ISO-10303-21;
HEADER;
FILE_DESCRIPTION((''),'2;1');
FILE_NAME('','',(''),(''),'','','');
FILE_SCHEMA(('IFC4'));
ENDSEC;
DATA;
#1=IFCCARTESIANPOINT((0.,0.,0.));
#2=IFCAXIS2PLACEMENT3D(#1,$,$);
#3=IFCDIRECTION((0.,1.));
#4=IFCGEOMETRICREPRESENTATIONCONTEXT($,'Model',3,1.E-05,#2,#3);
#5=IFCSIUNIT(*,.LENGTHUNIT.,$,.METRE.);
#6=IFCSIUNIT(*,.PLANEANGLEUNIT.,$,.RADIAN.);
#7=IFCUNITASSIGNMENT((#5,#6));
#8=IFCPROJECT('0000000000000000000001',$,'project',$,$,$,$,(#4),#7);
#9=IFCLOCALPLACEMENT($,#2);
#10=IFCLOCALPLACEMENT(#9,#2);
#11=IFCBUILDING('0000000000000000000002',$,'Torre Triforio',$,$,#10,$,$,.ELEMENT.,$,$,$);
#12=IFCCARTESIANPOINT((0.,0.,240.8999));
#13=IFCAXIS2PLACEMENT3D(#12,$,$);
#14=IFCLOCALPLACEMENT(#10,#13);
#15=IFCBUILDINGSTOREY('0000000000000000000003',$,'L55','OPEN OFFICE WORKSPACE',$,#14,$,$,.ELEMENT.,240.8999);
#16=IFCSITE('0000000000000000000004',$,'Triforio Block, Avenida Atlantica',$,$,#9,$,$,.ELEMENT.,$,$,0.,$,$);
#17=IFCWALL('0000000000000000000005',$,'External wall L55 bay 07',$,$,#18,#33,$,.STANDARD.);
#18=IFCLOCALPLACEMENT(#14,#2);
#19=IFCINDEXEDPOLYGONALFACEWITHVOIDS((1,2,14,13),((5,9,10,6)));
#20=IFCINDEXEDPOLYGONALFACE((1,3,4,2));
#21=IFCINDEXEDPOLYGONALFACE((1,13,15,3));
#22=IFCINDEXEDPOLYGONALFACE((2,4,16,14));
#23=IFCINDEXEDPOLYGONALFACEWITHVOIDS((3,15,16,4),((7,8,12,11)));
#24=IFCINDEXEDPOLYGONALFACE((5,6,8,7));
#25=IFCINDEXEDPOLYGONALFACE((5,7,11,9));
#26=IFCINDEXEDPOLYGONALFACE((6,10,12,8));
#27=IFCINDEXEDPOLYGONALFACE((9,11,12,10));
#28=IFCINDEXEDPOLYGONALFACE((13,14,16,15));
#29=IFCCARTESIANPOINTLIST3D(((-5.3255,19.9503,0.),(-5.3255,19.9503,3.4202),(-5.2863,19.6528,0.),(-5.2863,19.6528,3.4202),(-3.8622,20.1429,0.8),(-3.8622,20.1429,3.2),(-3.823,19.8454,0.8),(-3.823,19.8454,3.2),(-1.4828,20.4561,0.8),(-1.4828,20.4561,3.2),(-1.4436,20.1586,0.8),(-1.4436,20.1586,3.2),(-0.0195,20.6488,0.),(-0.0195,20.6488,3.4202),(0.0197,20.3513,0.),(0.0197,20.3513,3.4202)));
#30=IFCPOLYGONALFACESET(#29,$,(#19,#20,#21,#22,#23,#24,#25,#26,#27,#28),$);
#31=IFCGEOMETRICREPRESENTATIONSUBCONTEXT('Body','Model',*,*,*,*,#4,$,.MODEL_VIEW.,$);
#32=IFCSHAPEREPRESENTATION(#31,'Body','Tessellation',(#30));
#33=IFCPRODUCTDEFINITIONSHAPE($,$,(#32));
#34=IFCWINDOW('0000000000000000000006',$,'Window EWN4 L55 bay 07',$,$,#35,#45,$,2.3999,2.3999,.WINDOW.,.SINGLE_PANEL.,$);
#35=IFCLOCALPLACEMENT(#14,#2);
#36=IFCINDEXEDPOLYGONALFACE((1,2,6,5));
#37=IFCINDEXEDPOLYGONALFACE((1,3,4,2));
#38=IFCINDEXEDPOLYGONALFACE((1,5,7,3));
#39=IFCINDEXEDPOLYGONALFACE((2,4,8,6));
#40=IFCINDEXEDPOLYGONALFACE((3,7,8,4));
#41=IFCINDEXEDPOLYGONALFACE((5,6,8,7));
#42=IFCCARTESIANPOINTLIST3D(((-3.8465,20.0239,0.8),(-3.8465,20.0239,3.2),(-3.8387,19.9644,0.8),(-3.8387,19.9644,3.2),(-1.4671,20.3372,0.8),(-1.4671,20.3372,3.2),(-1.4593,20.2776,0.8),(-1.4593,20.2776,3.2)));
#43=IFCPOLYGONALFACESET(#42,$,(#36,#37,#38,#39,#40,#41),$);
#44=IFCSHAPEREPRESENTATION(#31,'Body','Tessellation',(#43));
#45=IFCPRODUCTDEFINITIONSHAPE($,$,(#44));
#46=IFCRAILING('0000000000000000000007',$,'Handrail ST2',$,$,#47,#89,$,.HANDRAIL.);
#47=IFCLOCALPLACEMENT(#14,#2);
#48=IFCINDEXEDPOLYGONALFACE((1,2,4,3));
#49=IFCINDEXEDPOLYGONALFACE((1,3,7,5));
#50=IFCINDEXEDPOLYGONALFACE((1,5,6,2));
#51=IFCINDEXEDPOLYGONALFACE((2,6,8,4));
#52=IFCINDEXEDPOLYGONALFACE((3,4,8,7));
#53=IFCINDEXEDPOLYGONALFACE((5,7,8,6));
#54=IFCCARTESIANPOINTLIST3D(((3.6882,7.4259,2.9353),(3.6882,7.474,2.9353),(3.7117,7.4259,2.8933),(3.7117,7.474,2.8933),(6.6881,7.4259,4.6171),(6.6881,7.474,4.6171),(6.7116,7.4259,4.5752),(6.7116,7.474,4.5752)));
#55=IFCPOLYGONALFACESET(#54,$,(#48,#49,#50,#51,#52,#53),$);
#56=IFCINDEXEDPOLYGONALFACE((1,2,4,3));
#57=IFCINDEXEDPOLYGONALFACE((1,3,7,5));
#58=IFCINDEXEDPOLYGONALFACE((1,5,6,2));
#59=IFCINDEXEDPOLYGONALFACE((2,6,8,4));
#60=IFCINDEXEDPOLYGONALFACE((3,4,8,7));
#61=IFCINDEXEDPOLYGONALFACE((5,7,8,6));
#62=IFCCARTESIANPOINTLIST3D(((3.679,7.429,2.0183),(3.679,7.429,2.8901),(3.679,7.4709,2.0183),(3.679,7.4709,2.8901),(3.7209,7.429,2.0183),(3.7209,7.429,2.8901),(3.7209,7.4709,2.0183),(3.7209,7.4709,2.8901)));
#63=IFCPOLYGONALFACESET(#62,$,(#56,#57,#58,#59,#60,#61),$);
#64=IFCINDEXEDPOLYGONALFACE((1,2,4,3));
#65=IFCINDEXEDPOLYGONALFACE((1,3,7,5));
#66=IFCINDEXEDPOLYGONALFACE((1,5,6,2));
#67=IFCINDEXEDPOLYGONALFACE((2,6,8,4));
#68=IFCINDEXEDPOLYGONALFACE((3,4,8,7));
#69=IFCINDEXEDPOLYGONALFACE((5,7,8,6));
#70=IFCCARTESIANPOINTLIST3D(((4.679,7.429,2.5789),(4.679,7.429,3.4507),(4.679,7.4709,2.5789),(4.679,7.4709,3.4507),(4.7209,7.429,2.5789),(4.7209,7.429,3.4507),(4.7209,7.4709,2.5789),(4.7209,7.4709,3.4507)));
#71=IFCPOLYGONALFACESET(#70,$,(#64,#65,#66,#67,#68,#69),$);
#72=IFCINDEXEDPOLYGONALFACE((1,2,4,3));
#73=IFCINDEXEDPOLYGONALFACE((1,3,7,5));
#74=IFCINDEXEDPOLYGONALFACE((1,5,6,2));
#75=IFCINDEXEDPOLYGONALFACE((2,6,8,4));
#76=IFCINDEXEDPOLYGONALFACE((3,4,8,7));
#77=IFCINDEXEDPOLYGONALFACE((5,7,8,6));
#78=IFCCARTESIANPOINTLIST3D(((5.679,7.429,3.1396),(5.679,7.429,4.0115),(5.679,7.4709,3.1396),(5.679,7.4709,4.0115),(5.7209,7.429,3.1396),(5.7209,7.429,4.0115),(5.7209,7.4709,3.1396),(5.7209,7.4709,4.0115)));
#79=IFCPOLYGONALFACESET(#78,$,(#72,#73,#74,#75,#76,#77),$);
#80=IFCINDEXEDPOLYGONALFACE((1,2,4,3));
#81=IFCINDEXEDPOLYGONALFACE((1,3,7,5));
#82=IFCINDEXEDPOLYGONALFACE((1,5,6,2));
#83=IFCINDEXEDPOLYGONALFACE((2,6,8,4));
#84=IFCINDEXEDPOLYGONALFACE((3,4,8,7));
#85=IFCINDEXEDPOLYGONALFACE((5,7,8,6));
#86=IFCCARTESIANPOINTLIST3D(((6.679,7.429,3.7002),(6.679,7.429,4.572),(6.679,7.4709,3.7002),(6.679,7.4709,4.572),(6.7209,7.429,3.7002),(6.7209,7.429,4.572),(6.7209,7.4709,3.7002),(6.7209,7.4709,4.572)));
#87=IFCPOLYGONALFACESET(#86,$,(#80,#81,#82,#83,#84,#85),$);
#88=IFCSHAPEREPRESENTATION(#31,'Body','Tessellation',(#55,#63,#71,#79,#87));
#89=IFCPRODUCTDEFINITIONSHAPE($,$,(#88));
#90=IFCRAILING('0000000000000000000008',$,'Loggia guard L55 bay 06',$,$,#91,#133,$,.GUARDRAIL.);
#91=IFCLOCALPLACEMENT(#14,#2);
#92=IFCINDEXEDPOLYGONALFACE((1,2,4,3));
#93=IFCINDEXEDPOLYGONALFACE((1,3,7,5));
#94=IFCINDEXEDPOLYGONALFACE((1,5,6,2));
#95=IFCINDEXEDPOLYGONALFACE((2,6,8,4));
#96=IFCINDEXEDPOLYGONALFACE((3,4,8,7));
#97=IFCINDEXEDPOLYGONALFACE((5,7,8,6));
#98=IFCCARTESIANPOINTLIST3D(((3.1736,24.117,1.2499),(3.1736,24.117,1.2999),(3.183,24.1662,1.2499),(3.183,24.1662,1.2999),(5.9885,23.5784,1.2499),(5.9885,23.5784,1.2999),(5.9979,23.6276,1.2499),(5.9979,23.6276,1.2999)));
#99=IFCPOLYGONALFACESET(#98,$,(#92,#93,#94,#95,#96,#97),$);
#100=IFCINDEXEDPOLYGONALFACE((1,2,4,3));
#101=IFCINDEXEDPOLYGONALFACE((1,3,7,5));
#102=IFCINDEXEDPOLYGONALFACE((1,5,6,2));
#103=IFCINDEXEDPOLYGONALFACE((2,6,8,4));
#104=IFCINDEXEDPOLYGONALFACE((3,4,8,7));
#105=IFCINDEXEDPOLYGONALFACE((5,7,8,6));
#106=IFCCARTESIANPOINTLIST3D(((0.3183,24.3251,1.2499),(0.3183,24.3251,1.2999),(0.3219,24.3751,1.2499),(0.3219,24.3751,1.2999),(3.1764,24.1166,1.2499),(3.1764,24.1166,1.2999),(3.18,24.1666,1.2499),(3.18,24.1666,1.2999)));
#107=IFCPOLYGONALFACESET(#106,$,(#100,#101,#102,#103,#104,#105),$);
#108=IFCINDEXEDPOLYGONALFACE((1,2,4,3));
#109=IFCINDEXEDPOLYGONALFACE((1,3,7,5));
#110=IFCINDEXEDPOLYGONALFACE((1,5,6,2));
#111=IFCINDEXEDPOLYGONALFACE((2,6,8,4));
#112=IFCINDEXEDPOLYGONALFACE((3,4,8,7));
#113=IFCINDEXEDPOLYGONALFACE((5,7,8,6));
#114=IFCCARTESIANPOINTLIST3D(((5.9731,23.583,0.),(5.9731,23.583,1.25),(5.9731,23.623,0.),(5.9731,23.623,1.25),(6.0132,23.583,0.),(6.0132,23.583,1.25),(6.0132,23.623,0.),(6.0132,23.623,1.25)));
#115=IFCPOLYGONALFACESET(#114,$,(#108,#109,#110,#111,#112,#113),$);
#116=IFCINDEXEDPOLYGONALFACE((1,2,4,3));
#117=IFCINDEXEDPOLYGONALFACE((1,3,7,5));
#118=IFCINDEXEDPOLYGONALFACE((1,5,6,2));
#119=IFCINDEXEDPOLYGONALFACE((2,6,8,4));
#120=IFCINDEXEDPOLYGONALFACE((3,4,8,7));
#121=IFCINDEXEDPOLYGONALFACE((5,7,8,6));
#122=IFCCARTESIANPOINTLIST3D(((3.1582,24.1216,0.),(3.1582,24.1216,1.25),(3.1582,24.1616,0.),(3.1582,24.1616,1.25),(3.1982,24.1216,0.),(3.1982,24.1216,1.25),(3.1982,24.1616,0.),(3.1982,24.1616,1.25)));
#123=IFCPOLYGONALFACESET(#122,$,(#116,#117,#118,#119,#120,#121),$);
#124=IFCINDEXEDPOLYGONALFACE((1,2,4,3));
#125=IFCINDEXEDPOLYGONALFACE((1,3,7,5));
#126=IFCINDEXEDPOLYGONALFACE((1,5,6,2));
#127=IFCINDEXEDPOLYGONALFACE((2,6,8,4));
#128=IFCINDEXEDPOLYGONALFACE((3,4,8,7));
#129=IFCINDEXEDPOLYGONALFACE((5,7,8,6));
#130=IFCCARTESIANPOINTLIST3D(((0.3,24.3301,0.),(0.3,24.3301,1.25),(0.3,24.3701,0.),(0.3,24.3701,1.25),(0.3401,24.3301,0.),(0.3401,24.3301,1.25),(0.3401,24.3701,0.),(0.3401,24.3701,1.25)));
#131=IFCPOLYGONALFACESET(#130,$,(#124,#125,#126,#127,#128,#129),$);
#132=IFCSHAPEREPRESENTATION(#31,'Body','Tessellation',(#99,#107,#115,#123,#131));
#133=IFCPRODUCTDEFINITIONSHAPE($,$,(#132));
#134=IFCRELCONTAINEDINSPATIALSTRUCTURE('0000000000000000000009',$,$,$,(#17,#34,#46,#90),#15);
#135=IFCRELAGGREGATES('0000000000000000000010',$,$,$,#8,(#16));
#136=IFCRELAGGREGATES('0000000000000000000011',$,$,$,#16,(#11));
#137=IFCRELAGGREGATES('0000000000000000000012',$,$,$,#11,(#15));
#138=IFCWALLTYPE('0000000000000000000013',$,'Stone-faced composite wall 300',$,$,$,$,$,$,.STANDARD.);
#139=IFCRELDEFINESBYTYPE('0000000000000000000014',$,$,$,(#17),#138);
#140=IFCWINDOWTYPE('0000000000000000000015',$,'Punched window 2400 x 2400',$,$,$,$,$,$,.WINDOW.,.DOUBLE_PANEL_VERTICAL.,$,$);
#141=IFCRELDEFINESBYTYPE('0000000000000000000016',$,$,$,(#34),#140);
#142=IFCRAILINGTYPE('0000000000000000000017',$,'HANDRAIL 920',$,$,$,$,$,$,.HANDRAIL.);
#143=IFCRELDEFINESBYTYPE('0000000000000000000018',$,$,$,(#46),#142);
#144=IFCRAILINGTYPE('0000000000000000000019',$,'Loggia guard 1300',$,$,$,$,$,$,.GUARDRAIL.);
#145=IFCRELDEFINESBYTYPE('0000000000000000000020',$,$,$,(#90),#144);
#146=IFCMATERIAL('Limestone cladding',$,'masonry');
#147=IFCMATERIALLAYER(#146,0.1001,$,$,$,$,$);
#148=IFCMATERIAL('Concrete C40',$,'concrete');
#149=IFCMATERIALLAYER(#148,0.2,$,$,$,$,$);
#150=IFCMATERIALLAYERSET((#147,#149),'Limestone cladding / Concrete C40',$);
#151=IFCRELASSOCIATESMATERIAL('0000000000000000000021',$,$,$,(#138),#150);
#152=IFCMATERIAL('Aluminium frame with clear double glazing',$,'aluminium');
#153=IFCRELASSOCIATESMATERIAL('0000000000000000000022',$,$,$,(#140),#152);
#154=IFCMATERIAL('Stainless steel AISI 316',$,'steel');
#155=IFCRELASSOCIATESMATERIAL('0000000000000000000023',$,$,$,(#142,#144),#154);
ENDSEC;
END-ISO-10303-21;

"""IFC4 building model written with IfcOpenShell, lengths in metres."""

from ifc_helpers import new_model, si_unit, direction, frame, frame_2d, origin, origin_2d, place, context, subcontext, project, spatial, rectangle, extrude, material, layer, layer_set, type_object, element, fill, save


model = new_model("IFC4")

# Units and contexts
model_context = context("Model", 3, precision=1e-05, world=origin(), true_north=direction((0.0, 1.0)))
body_context = subcontext(model_context, "Body", "Model", "MODEL_VIEW")
ifc_project = project(units=[si_unit("LENGTHUNIT", "METRE"), si_unit("PLANEANGLEUNIT", "RADIAN")], contexts=[model_context])

# Site, building, storey
site_placement = place(None, origin())
site = spatial("IfcSite", under=ifc_project, at=site_placement, Name="Triforio Block, Avenida Atlantica", CompositionType="ELEMENT", RefElevation=0.0)
building_placement = place(site_placement, origin())
building = spatial("IfcBuilding", under=site, at=building_placement, Name="Torre Triforio", CompositionType="ELEMENT")
storey_placement = place(building_placement, frame((0.0, 0.0, 240.8999)))
storey = spatial("IfcBuildingStorey", under=building, at=storey_placement, Name="L55", Description="OPEN OFFICE WORKSPACE", CompositionType="ELEMENT", Elevation=240.8999)

# Shared definitions
ifc_material_1 = material(Name="Concrete C40", Category="concrete")

# Shared definitions
ifc_material_2 = material(Name="Limestone cladding", Category="masonry")
ifc_layer_1 = layer(ifc_material_2, 0.1001)
ifc_layer_2 = layer(ifc_material_1, 0.2)
ifc_layer_set_1 = layer_set([ifc_layer_1, ifc_layer_2], Name="Limestone cladding / Concrete C40")
wall_type_1 = type_object("IfcWallType", Name="Stone-faced composite wall 300", PredefinedType="STANDARD", material=ifc_layer_set_1)
ifc_material_3 = material(Name="Aluminium frame with clear double glazing", Category="aluminium")

# Wall, opening, window
wall_1_placement = place(storey_placement, frame((0.0, 20.5, 0.0), z_axis=(0.0, 0.0, 1.0), x_axis=(-0.991446, -0.130517, 0.0)))
wall_1 = element("IfcWall", 1, at=wall_1_placement, inside=storey, type_object=wall_type_1, Name="External wall L55 bay 07", PredefinedType="STANDARD", context=body_context, shape_type="SweptSolid", body=[
    extrude(rectangle(XDim=5.3518, YDim=0.3, at=frame_2d((2.6758, 0.0))), origin(), (0.0, 0.0, 1.0), 3.4202),
])
opening_1_placement = place(wall_1_placement, frame((1.4758, 0.0, 0.8)))
opening_1 = element("IfcOpeningElement", 2, at=opening_1_placement, cuts=wall_1, PredefinedType="OPENING", context=body_context, shape_type="SweptSolid", body=[
    extrude(rectangle(XDim=2.3999, YDim=2.3999, at=frame_2d((1.2, 1.2))), frame((0.0, 0.1599, 0.0), z_axis=(0.0, -1.0, 0.0), x_axis=(1.0, 0.0, 0.0)), (0.0, 0.0, 1.0), 0.3201),
])
window_type_1 = type_object("IfcWindowType", Name="Punched window 2400 x 2400", PartitioningType="DOUBLE_PANEL_VERTICAL", PredefinedType="WINDOW", material=ifc_material_3)
window_1_placement = place(opening_1_placement, origin())
window_1 = element("IfcWindow", 3, at=window_1_placement, inside=storey, type_object=window_type_1, Name="Window EWN4 L55 bay 07", OverallHeight=2.3999, OverallWidth=2.3999, PartitioningType="SINGLE_PANEL", PredefinedType="WINDOW", context=body_context, shape_type="SweptSolid", body=[
    extrude(rectangle(XDim=2.3999, YDim=2.3999, at=frame_2d((1.2, 1.2))), frame((0.0, 0.03, 0.0), z_axis=(0.0, -1.0, 0.0), x_axis=(1.0, 0.0, 0.0)), (0.0, 0.0, 1.0), 0.0601),
])
fill(opening_1, window_1)

# Railings
ifc_material_4 = material(Name="Stainless steel AISI 316", Category="steel")
railing_type_1 = type_object("IfcRailingType", Name="HANDRAIL 920", PredefinedType="HANDRAIL", material=ifc_material_4)
railing_1_placement = place(storey_placement, frame((3.7, 7.45, 2.0183)))
element("IfcRailing", 4, at=railing_1_placement, inside=storey, type_object=railing_type_1, Name="Handrail ST2", PredefinedType="HANDRAIL", context=body_context, shape_type="SweptSolid", body=[
    extrude(rectangle(XDim=0.0481, YDim=0.0481, at=origin_2d()), frame((0.0, 0.0, 0.896), z_axis=(0.872272, 0.0, 0.48902), x_axis=(0.0, 1.0, 0.0)), (0.0, 0.0, 1.0), 3.4392),
    extrude(rectangle(XDim=0.042, YDim=0.042, at=origin_2d()), origin(), (0.0, 0.0, 1.0), 0.8718),
    extrude(rectangle(XDim=0.042, YDim=0.042, at=origin_2d()), frame((1.0, 0.0, 0.5605)), (0.0, 0.0, 1.0), 0.8718),
    extrude(rectangle(XDim=0.042, YDim=0.042, at=origin_2d()), frame((2.0, 0.0, 1.1213)), (0.0, 0.0, 1.0), 0.8718),
    extrude(rectangle(XDim=0.042, YDim=0.042, at=origin_2d()), frame((3.0, 0.0, 1.6819)), (0.0, 0.0, 1.0), 0.8718),
])
railing_type_2 = type_object("IfcRailingType", Name="Loggia guard 1300", PredefinedType="GUARDRAIL", material=ifc_material_4)
railing_2_placement = place(storey_placement, frame((5.9932, 23.603, 0.0)))
element("IfcRailing", 5, at=railing_2_placement, inside=storey, type_object=railing_type_2, Name="Loggia guard L55 bay 06", PredefinedType="GUARDRAIL", context=body_context, shape_type="SweptSolid", body=[
    extrude(rectangle(XDim=0.05, YDim=0.05, at=origin_2d()), frame((0.0, 0.0, 1.2749), z_axis=(-0.982185, 0.187918, 0.0), x_axis=(-0.187918, -0.982185, 0.0)), (0.0, 0.0, 1.0), 2.866),
    extrude(rectangle(XDim=0.05, YDim=0.05, at=origin_2d()), frame((-2.8149, 0.5386, 1.2749), z_axis=(-0.99735, 0.072754, 0.0), x_axis=(-0.072754, -0.99735, 0.0)), (0.0, 0.0, 1.0), 2.8657),
    extrude(rectangle(XDim=0.04, YDim=0.04, at=origin_2d()), origin(), (0.0, 0.0, 1.0), 1.25),
    extrude(rectangle(XDim=0.04, YDim=0.04, at=origin_2d()), frame((-2.8149, 0.5386, 0.0)), (0.0, 0.0, 1.0), 1.25),
    extrude(rectangle(XDim=0.04, YDim=0.04, at=origin_2d()), frame((-5.6731, 0.7471, 0.0)), (0.0, 0.0, 1.0), 1.25),
])

save(model, "model.ifc")
